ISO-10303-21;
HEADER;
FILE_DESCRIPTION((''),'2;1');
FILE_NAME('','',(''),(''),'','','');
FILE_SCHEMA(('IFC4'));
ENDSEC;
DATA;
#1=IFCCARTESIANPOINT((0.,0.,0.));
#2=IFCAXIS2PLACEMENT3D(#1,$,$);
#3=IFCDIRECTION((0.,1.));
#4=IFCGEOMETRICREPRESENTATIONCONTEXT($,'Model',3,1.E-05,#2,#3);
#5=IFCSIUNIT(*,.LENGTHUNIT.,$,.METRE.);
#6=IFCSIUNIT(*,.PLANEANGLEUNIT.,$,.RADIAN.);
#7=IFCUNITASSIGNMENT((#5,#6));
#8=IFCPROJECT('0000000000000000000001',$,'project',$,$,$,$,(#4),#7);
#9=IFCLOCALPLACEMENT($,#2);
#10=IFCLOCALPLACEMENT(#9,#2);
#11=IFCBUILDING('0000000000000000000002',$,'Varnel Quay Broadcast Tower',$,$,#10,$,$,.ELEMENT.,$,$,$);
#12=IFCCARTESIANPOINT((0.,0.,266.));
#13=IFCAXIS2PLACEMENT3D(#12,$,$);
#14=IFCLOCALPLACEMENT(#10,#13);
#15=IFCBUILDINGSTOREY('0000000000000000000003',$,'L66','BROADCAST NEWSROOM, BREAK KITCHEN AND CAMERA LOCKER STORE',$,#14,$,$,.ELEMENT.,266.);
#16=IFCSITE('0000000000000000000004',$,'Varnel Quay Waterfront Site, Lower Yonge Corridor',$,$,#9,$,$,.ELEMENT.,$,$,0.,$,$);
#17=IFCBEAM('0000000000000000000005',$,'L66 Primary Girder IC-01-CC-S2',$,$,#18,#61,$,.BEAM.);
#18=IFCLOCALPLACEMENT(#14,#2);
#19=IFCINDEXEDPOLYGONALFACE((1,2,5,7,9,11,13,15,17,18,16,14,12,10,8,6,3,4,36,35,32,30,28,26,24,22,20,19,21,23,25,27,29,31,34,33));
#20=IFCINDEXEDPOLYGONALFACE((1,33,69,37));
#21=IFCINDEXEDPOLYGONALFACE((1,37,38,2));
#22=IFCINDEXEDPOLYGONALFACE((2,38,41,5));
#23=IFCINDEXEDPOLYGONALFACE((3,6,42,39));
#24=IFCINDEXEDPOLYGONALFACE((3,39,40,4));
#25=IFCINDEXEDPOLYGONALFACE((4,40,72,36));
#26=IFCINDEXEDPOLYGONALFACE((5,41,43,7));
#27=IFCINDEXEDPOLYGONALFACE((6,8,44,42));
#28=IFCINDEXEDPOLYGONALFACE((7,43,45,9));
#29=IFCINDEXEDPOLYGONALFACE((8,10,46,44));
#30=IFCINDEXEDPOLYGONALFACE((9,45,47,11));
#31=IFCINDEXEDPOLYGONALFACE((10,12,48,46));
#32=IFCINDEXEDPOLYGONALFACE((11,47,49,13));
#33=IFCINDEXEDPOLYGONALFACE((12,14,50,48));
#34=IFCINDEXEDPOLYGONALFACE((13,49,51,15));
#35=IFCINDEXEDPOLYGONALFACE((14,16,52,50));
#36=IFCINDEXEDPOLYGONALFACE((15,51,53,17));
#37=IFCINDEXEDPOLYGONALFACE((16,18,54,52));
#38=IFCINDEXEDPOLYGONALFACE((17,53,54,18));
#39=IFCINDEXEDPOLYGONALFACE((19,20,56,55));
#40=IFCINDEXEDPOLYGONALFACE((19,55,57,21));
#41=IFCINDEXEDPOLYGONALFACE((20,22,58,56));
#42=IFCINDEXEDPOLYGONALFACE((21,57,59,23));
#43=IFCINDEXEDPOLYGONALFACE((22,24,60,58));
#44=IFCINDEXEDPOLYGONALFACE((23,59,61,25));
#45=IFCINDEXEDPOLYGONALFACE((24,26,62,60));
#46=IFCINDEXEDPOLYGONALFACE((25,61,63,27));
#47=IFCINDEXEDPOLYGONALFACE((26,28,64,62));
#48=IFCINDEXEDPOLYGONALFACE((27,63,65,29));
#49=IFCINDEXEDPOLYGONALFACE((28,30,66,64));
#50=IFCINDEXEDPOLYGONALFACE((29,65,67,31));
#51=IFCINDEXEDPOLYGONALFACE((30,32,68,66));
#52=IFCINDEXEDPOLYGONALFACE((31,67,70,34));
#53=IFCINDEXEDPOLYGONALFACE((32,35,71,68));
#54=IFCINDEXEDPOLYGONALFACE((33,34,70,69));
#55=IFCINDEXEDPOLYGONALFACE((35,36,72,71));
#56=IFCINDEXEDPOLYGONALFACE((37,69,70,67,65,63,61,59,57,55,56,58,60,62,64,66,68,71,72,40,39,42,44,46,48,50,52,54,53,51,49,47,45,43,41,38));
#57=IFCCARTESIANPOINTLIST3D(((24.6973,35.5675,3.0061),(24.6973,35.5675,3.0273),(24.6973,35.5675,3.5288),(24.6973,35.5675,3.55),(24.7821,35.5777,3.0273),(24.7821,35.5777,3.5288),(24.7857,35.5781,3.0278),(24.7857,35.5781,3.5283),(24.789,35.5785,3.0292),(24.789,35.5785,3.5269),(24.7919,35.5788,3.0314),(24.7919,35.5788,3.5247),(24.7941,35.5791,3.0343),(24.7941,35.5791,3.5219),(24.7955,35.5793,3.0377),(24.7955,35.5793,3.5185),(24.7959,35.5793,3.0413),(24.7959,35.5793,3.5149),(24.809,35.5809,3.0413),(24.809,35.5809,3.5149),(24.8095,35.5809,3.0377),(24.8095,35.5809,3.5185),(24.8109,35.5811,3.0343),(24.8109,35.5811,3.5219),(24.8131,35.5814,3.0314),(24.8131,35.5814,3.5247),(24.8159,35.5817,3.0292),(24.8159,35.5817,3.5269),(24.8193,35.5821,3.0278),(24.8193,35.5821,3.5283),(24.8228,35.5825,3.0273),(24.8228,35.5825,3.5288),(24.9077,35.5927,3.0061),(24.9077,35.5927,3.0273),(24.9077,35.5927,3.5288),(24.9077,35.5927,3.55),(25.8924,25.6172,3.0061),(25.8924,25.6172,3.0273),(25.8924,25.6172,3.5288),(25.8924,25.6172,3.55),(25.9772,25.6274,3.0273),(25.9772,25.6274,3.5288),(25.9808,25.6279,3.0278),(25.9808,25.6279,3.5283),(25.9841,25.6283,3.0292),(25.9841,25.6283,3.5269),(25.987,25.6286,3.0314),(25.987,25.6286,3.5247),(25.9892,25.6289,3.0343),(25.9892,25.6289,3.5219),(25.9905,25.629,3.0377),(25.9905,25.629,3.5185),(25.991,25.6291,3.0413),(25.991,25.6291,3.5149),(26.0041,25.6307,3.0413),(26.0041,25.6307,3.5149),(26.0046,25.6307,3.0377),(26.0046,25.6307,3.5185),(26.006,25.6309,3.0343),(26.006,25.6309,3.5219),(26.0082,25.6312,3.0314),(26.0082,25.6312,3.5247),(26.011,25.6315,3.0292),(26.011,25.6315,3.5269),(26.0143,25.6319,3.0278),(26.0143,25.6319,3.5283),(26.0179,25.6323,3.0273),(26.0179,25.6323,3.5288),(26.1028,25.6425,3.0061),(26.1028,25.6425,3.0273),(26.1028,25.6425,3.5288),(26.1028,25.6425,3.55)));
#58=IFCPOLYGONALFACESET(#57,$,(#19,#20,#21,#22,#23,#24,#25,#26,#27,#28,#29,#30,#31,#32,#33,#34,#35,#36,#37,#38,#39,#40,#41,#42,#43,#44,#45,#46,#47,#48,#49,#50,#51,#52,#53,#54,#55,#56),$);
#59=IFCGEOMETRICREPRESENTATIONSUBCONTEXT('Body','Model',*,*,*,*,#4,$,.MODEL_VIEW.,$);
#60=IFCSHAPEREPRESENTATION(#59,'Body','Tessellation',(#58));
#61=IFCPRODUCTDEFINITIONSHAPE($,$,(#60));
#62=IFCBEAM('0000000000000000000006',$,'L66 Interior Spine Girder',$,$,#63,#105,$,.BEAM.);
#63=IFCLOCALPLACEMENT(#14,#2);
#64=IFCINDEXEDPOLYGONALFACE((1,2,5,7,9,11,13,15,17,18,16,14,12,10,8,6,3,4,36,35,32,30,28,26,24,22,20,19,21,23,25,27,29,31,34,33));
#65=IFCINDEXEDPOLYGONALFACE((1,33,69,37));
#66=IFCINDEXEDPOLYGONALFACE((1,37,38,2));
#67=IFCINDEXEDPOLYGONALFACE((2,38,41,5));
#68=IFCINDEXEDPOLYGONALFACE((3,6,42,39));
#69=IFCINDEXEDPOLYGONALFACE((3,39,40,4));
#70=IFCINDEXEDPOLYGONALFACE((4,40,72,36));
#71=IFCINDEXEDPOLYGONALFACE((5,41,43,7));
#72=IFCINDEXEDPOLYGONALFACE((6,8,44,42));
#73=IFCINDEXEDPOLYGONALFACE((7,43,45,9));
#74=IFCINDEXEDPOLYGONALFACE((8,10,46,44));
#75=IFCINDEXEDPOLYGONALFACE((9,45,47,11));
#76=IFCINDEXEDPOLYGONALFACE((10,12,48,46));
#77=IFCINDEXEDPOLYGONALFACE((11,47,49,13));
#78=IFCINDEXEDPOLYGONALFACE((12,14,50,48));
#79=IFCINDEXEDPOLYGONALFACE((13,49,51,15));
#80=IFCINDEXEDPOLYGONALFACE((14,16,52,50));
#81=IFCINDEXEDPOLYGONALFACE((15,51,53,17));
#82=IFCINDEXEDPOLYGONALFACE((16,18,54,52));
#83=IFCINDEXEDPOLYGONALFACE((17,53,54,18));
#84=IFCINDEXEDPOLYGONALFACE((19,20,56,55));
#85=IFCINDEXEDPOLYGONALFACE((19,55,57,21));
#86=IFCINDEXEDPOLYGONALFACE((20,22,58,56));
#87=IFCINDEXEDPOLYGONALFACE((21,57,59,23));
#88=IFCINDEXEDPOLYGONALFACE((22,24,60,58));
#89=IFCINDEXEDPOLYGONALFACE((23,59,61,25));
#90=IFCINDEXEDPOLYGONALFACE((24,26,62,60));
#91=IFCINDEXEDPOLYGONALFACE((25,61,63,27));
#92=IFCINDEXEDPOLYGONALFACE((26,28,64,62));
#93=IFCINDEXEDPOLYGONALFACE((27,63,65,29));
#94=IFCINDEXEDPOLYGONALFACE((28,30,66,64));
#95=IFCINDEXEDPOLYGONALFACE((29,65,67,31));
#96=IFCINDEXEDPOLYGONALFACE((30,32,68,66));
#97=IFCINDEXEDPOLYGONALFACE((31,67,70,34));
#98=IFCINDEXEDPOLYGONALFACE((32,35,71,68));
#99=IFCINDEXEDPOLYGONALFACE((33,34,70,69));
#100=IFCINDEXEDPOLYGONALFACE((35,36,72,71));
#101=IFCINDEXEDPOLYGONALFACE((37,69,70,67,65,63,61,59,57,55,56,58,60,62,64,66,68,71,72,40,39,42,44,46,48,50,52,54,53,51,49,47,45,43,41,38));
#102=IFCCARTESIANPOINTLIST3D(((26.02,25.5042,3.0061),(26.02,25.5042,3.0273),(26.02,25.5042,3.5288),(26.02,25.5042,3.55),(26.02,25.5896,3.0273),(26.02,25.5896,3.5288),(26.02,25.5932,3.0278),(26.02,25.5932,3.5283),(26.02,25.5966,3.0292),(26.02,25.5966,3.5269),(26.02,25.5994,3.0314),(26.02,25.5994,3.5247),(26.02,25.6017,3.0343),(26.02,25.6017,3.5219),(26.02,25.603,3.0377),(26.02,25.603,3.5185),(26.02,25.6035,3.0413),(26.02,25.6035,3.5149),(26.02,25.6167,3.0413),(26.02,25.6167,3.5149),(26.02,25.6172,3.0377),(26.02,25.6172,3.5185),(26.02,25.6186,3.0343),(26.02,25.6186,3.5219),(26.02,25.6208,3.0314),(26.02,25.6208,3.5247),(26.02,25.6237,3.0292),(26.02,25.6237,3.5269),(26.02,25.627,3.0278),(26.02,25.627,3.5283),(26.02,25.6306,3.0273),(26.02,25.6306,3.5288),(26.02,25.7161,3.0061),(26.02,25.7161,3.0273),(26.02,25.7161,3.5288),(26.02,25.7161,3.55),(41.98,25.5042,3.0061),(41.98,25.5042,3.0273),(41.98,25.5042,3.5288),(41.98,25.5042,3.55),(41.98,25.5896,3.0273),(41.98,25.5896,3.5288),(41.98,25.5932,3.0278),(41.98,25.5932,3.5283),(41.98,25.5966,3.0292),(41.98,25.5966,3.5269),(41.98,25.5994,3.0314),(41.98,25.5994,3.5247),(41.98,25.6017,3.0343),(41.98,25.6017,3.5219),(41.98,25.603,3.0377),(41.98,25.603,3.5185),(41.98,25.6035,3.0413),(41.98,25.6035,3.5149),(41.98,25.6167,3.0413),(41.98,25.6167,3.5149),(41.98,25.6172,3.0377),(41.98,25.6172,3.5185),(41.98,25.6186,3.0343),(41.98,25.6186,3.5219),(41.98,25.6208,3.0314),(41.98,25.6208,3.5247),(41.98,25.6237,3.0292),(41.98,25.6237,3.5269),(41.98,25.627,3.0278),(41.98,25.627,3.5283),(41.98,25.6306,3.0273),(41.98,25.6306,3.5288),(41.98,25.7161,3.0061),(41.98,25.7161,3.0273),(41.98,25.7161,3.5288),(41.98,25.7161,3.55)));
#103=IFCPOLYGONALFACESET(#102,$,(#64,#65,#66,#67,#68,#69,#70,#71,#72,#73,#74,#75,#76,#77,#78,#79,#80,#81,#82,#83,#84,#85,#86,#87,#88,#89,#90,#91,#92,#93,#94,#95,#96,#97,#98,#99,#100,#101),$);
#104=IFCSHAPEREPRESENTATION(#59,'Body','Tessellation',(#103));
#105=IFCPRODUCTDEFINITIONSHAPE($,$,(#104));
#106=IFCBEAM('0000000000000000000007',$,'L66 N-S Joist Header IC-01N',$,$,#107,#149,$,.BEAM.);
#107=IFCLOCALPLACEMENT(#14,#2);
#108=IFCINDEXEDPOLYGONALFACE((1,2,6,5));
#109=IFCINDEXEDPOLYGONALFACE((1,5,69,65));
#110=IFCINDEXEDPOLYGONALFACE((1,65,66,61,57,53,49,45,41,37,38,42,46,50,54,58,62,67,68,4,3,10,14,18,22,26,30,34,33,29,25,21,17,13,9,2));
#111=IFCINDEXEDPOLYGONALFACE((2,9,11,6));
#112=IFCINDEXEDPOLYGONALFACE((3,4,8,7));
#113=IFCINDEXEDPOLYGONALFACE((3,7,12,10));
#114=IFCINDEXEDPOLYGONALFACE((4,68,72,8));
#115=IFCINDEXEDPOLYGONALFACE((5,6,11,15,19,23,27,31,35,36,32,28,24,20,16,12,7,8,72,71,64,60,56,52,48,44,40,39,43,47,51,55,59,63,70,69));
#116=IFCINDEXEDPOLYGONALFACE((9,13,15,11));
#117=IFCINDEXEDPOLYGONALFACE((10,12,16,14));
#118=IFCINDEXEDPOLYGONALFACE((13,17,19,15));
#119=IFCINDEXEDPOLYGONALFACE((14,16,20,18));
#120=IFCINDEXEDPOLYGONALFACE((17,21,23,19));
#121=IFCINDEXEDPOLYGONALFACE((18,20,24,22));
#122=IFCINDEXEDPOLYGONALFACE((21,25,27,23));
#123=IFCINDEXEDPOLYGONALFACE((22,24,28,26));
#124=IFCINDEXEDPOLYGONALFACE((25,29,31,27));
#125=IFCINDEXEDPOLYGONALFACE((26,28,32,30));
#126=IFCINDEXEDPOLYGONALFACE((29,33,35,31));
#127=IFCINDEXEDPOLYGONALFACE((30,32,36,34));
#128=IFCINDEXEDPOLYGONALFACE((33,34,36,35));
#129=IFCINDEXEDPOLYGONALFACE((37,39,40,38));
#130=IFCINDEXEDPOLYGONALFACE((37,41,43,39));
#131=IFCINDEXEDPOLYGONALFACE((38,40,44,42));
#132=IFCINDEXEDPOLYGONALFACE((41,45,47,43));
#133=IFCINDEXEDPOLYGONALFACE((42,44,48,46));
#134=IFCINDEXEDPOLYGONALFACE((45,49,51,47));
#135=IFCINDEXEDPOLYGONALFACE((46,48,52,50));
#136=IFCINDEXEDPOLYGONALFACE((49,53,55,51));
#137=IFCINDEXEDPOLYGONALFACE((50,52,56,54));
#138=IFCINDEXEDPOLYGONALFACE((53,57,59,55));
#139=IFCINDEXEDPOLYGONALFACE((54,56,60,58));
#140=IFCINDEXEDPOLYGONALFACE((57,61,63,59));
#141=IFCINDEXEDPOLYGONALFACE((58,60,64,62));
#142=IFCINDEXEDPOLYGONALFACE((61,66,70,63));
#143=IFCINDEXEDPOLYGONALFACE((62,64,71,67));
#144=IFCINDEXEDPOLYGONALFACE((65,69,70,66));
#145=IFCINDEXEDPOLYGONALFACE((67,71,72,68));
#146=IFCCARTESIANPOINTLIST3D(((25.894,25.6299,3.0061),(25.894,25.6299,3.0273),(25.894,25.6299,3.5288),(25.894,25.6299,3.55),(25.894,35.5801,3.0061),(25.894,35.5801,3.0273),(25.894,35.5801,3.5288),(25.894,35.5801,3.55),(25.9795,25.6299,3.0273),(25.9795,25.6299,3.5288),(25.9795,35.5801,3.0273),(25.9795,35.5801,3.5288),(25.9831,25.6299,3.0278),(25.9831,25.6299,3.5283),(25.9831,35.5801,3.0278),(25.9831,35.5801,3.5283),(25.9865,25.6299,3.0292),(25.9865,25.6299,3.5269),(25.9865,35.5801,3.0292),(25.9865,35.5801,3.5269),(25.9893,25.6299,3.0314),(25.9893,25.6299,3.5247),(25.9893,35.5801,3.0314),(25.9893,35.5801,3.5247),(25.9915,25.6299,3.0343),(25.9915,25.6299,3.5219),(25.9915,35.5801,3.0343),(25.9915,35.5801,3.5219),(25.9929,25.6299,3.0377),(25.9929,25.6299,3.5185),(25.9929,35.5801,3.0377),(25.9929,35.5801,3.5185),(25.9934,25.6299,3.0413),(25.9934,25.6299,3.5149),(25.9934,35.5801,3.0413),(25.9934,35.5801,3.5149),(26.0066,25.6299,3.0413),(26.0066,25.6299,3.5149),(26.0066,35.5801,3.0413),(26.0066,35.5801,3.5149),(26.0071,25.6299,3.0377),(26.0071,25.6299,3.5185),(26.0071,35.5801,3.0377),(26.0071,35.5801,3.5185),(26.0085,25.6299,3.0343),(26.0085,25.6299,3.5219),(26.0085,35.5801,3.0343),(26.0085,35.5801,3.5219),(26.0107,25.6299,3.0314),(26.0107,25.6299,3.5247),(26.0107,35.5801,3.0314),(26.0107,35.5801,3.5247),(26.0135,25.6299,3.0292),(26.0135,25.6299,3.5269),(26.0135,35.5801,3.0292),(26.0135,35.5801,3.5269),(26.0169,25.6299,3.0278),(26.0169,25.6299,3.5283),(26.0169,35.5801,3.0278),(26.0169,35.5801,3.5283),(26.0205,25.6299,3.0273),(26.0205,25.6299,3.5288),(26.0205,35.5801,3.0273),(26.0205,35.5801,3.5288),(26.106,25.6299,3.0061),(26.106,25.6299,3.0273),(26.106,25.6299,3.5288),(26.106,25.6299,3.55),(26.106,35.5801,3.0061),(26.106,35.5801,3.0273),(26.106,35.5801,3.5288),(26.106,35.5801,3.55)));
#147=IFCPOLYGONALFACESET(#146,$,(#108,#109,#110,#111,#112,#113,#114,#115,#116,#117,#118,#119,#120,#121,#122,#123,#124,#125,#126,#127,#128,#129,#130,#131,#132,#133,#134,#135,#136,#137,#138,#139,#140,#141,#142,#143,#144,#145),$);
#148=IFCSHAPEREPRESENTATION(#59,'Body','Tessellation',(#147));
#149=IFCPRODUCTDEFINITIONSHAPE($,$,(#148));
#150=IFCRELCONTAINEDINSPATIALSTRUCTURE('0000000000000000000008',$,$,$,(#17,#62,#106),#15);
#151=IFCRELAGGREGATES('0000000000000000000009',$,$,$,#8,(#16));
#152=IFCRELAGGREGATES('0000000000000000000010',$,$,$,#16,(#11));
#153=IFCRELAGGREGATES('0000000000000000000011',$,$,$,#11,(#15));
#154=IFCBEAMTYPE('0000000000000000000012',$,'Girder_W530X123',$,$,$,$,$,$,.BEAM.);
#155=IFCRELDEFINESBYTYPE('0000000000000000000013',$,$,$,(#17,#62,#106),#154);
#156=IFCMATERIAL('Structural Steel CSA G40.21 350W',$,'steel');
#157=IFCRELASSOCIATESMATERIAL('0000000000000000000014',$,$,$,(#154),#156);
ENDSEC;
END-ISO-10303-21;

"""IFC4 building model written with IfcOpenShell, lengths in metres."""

from ifc_helpers import new_model, si_unit, direction, frame, origin, origin_2d, place, context, subcontext, project, spatial, i_section, extrude, source, transform, mapped, material, material_profile, profile_set, type_object, type_shapes, element, save


model = new_model("IFC4")

# Units and contexts
model_context = context("Model", 3, precision=1e-05, world=origin(), true_north=direction((0.0, 1.0)))
body_context = subcontext(model_context, "Body", "Model", "MODEL_VIEW")
ifc_project = project(units=[si_unit("LENGTHUNIT", "METRE"), si_unit("PLANEANGLEUNIT", "RADIAN")], contexts=[model_context])

# Site, building, storey
site_placement = place(None, origin())
site = spatial("IfcSite", under=ifc_project, at=site_placement, Name="Varnel Quay Waterfront Site, Lower Yonge Corridor", CompositionType="ELEMENT", RefElevation=0.0)
building_placement = place(site_placement, origin())
building = spatial("IfcBuilding", under=site, at=building_placement, Name="Varnel Quay Broadcast Tower", CompositionType="ELEMENT")
storey_placement = place(building_placement, frame((0.0, 0.0, 266.0)))
storey = spatial("IfcBuildingStorey", under=building, at=storey_placement, Name="L66", Description="BROADCAST NEWSROOM, BREAK KITCHEN AND CAMERA LOCKER STORE", CompositionType="ELEMENT", Elevation=266.0)

# Shared definitions
ifc_material_1 = material(Name="Structural Steel CSA G40.21 350W", Category="steel")

# Beams
ifc_material_profile_1 = material_profile(ifc_material_1, i_section(OverallWidth=0.2119, OverallDepth=0.5439, WebThickness=0.0132, FlangeThickness=0.0212, FilletRadius=0.0139, at=origin_2d()), Name="W530X123")
ifc_profile_set_1 = profile_set([ifc_material_profile_1], Name="Structural Steel CSA G40.21 350W")
beam_type_1 = type_object("IfcBeamType", Name="Girder_W530X123", PredefinedType="BEAM", material=ifc_profile_set_1)
shared_shape_1 = source(origin(), body_context, "Body", "SweptSolid", [
    extrude(i_section(OverallWidth=0.2119, OverallDepth=0.5439, WebThickness=0.0132, FlangeThickness=0.0212, FilletRadius=0.0139, at=origin_2d()), origin(), (0.0, 0.0, 1.0), 10.0217),
])
beam_1_placement = place(storey_placement, frame((25.9976, 25.6299, 3.2781), z_axis=(-0.119248, 0.992864, 0.0), x_axis=(-0.992864, -0.119248, 0.0)))
element("IfcBeam", 1, at=beam_1_placement, inside=storey, type_object=beam_type_1, Name="L66 Primary Girder IC-01-CC-S2", PredefinedType="BEAM", context=body_context, shape_type="MappedRepresentation", body=[
    mapped(shared_shape_1, transform((0.0, 0.0, 0.0), x_axis=(1.0, 0.0, 0.0), y_axis=(0.0, 1.0, 0.0), z_axis=(0.0, 0.0, 1.0), scale=1.0)),
])
shared_shape_2 = source(origin(), body_context, "Body", "SweptSolid", [
    extrude(i_section(OverallWidth=0.2119, OverallDepth=0.5439, WebThickness=0.0132, FlangeThickness=0.0212, FilletRadius=0.0139, at=origin_2d()), origin(), (0.0, 0.0, 1.0), 15.96),
])
beam_2_placement = place(storey_placement, frame((26.02, 25.6101, 3.2781), z_axis=(1.0, 0.0, 0.0), x_axis=(0.0, 1.0, 0.0)))
element("IfcBeam", 2, at=beam_2_placement, inside=storey, type_object=beam_type_1, Name="L66 Interior Spine Girder", PredefinedType="BEAM", context=body_context, shape_type="MappedRepresentation", body=[
    mapped(shared_shape_2, transform((0.0, 0.0, 0.0), x_axis=(1.0, 0.0, 0.0), y_axis=(0.0, 1.0, 0.0), z_axis=(0.0, 0.0, 1.0), scale=1.0)),
])
shared_shape_3 = source(origin(), body_context, "Body", "SweptSolid", [
    extrude(i_section(OverallWidth=0.2119, OverallDepth=0.5439, WebThickness=0.0132, FlangeThickness=0.0212, FilletRadius=0.0139, at=origin_2d()), origin(), (0.0, 0.0, 1.0), 9.9502),
])
type_shapes(beam_type_1, [shared_shape_1, shared_shape_2, shared_shape_3])
beam_3_placement = place(storey_placement, frame((26.0, 25.6299, 3.2781), z_axis=(0.0, 1.0, 0.0), x_axis=(-1.0, 0.0, 0.0)))
element("IfcBeam", 3, at=beam_3_placement, inside=storey, type_object=beam_type_1, Name="L66 N-S Joist Header IC-01N", PredefinedType="BEAM", context=body_context, shape_type="MappedRepresentation", body=[
    mapped(shared_shape_3, transform((0.0, 0.0, 0.0), x_axis=(1.0, 0.0, 0.0), y_axis=(0.0, 1.0, 0.0), z_axis=(0.0, 0.0, 1.0), scale=1.0)),
])

save(model, "model.ifc")
